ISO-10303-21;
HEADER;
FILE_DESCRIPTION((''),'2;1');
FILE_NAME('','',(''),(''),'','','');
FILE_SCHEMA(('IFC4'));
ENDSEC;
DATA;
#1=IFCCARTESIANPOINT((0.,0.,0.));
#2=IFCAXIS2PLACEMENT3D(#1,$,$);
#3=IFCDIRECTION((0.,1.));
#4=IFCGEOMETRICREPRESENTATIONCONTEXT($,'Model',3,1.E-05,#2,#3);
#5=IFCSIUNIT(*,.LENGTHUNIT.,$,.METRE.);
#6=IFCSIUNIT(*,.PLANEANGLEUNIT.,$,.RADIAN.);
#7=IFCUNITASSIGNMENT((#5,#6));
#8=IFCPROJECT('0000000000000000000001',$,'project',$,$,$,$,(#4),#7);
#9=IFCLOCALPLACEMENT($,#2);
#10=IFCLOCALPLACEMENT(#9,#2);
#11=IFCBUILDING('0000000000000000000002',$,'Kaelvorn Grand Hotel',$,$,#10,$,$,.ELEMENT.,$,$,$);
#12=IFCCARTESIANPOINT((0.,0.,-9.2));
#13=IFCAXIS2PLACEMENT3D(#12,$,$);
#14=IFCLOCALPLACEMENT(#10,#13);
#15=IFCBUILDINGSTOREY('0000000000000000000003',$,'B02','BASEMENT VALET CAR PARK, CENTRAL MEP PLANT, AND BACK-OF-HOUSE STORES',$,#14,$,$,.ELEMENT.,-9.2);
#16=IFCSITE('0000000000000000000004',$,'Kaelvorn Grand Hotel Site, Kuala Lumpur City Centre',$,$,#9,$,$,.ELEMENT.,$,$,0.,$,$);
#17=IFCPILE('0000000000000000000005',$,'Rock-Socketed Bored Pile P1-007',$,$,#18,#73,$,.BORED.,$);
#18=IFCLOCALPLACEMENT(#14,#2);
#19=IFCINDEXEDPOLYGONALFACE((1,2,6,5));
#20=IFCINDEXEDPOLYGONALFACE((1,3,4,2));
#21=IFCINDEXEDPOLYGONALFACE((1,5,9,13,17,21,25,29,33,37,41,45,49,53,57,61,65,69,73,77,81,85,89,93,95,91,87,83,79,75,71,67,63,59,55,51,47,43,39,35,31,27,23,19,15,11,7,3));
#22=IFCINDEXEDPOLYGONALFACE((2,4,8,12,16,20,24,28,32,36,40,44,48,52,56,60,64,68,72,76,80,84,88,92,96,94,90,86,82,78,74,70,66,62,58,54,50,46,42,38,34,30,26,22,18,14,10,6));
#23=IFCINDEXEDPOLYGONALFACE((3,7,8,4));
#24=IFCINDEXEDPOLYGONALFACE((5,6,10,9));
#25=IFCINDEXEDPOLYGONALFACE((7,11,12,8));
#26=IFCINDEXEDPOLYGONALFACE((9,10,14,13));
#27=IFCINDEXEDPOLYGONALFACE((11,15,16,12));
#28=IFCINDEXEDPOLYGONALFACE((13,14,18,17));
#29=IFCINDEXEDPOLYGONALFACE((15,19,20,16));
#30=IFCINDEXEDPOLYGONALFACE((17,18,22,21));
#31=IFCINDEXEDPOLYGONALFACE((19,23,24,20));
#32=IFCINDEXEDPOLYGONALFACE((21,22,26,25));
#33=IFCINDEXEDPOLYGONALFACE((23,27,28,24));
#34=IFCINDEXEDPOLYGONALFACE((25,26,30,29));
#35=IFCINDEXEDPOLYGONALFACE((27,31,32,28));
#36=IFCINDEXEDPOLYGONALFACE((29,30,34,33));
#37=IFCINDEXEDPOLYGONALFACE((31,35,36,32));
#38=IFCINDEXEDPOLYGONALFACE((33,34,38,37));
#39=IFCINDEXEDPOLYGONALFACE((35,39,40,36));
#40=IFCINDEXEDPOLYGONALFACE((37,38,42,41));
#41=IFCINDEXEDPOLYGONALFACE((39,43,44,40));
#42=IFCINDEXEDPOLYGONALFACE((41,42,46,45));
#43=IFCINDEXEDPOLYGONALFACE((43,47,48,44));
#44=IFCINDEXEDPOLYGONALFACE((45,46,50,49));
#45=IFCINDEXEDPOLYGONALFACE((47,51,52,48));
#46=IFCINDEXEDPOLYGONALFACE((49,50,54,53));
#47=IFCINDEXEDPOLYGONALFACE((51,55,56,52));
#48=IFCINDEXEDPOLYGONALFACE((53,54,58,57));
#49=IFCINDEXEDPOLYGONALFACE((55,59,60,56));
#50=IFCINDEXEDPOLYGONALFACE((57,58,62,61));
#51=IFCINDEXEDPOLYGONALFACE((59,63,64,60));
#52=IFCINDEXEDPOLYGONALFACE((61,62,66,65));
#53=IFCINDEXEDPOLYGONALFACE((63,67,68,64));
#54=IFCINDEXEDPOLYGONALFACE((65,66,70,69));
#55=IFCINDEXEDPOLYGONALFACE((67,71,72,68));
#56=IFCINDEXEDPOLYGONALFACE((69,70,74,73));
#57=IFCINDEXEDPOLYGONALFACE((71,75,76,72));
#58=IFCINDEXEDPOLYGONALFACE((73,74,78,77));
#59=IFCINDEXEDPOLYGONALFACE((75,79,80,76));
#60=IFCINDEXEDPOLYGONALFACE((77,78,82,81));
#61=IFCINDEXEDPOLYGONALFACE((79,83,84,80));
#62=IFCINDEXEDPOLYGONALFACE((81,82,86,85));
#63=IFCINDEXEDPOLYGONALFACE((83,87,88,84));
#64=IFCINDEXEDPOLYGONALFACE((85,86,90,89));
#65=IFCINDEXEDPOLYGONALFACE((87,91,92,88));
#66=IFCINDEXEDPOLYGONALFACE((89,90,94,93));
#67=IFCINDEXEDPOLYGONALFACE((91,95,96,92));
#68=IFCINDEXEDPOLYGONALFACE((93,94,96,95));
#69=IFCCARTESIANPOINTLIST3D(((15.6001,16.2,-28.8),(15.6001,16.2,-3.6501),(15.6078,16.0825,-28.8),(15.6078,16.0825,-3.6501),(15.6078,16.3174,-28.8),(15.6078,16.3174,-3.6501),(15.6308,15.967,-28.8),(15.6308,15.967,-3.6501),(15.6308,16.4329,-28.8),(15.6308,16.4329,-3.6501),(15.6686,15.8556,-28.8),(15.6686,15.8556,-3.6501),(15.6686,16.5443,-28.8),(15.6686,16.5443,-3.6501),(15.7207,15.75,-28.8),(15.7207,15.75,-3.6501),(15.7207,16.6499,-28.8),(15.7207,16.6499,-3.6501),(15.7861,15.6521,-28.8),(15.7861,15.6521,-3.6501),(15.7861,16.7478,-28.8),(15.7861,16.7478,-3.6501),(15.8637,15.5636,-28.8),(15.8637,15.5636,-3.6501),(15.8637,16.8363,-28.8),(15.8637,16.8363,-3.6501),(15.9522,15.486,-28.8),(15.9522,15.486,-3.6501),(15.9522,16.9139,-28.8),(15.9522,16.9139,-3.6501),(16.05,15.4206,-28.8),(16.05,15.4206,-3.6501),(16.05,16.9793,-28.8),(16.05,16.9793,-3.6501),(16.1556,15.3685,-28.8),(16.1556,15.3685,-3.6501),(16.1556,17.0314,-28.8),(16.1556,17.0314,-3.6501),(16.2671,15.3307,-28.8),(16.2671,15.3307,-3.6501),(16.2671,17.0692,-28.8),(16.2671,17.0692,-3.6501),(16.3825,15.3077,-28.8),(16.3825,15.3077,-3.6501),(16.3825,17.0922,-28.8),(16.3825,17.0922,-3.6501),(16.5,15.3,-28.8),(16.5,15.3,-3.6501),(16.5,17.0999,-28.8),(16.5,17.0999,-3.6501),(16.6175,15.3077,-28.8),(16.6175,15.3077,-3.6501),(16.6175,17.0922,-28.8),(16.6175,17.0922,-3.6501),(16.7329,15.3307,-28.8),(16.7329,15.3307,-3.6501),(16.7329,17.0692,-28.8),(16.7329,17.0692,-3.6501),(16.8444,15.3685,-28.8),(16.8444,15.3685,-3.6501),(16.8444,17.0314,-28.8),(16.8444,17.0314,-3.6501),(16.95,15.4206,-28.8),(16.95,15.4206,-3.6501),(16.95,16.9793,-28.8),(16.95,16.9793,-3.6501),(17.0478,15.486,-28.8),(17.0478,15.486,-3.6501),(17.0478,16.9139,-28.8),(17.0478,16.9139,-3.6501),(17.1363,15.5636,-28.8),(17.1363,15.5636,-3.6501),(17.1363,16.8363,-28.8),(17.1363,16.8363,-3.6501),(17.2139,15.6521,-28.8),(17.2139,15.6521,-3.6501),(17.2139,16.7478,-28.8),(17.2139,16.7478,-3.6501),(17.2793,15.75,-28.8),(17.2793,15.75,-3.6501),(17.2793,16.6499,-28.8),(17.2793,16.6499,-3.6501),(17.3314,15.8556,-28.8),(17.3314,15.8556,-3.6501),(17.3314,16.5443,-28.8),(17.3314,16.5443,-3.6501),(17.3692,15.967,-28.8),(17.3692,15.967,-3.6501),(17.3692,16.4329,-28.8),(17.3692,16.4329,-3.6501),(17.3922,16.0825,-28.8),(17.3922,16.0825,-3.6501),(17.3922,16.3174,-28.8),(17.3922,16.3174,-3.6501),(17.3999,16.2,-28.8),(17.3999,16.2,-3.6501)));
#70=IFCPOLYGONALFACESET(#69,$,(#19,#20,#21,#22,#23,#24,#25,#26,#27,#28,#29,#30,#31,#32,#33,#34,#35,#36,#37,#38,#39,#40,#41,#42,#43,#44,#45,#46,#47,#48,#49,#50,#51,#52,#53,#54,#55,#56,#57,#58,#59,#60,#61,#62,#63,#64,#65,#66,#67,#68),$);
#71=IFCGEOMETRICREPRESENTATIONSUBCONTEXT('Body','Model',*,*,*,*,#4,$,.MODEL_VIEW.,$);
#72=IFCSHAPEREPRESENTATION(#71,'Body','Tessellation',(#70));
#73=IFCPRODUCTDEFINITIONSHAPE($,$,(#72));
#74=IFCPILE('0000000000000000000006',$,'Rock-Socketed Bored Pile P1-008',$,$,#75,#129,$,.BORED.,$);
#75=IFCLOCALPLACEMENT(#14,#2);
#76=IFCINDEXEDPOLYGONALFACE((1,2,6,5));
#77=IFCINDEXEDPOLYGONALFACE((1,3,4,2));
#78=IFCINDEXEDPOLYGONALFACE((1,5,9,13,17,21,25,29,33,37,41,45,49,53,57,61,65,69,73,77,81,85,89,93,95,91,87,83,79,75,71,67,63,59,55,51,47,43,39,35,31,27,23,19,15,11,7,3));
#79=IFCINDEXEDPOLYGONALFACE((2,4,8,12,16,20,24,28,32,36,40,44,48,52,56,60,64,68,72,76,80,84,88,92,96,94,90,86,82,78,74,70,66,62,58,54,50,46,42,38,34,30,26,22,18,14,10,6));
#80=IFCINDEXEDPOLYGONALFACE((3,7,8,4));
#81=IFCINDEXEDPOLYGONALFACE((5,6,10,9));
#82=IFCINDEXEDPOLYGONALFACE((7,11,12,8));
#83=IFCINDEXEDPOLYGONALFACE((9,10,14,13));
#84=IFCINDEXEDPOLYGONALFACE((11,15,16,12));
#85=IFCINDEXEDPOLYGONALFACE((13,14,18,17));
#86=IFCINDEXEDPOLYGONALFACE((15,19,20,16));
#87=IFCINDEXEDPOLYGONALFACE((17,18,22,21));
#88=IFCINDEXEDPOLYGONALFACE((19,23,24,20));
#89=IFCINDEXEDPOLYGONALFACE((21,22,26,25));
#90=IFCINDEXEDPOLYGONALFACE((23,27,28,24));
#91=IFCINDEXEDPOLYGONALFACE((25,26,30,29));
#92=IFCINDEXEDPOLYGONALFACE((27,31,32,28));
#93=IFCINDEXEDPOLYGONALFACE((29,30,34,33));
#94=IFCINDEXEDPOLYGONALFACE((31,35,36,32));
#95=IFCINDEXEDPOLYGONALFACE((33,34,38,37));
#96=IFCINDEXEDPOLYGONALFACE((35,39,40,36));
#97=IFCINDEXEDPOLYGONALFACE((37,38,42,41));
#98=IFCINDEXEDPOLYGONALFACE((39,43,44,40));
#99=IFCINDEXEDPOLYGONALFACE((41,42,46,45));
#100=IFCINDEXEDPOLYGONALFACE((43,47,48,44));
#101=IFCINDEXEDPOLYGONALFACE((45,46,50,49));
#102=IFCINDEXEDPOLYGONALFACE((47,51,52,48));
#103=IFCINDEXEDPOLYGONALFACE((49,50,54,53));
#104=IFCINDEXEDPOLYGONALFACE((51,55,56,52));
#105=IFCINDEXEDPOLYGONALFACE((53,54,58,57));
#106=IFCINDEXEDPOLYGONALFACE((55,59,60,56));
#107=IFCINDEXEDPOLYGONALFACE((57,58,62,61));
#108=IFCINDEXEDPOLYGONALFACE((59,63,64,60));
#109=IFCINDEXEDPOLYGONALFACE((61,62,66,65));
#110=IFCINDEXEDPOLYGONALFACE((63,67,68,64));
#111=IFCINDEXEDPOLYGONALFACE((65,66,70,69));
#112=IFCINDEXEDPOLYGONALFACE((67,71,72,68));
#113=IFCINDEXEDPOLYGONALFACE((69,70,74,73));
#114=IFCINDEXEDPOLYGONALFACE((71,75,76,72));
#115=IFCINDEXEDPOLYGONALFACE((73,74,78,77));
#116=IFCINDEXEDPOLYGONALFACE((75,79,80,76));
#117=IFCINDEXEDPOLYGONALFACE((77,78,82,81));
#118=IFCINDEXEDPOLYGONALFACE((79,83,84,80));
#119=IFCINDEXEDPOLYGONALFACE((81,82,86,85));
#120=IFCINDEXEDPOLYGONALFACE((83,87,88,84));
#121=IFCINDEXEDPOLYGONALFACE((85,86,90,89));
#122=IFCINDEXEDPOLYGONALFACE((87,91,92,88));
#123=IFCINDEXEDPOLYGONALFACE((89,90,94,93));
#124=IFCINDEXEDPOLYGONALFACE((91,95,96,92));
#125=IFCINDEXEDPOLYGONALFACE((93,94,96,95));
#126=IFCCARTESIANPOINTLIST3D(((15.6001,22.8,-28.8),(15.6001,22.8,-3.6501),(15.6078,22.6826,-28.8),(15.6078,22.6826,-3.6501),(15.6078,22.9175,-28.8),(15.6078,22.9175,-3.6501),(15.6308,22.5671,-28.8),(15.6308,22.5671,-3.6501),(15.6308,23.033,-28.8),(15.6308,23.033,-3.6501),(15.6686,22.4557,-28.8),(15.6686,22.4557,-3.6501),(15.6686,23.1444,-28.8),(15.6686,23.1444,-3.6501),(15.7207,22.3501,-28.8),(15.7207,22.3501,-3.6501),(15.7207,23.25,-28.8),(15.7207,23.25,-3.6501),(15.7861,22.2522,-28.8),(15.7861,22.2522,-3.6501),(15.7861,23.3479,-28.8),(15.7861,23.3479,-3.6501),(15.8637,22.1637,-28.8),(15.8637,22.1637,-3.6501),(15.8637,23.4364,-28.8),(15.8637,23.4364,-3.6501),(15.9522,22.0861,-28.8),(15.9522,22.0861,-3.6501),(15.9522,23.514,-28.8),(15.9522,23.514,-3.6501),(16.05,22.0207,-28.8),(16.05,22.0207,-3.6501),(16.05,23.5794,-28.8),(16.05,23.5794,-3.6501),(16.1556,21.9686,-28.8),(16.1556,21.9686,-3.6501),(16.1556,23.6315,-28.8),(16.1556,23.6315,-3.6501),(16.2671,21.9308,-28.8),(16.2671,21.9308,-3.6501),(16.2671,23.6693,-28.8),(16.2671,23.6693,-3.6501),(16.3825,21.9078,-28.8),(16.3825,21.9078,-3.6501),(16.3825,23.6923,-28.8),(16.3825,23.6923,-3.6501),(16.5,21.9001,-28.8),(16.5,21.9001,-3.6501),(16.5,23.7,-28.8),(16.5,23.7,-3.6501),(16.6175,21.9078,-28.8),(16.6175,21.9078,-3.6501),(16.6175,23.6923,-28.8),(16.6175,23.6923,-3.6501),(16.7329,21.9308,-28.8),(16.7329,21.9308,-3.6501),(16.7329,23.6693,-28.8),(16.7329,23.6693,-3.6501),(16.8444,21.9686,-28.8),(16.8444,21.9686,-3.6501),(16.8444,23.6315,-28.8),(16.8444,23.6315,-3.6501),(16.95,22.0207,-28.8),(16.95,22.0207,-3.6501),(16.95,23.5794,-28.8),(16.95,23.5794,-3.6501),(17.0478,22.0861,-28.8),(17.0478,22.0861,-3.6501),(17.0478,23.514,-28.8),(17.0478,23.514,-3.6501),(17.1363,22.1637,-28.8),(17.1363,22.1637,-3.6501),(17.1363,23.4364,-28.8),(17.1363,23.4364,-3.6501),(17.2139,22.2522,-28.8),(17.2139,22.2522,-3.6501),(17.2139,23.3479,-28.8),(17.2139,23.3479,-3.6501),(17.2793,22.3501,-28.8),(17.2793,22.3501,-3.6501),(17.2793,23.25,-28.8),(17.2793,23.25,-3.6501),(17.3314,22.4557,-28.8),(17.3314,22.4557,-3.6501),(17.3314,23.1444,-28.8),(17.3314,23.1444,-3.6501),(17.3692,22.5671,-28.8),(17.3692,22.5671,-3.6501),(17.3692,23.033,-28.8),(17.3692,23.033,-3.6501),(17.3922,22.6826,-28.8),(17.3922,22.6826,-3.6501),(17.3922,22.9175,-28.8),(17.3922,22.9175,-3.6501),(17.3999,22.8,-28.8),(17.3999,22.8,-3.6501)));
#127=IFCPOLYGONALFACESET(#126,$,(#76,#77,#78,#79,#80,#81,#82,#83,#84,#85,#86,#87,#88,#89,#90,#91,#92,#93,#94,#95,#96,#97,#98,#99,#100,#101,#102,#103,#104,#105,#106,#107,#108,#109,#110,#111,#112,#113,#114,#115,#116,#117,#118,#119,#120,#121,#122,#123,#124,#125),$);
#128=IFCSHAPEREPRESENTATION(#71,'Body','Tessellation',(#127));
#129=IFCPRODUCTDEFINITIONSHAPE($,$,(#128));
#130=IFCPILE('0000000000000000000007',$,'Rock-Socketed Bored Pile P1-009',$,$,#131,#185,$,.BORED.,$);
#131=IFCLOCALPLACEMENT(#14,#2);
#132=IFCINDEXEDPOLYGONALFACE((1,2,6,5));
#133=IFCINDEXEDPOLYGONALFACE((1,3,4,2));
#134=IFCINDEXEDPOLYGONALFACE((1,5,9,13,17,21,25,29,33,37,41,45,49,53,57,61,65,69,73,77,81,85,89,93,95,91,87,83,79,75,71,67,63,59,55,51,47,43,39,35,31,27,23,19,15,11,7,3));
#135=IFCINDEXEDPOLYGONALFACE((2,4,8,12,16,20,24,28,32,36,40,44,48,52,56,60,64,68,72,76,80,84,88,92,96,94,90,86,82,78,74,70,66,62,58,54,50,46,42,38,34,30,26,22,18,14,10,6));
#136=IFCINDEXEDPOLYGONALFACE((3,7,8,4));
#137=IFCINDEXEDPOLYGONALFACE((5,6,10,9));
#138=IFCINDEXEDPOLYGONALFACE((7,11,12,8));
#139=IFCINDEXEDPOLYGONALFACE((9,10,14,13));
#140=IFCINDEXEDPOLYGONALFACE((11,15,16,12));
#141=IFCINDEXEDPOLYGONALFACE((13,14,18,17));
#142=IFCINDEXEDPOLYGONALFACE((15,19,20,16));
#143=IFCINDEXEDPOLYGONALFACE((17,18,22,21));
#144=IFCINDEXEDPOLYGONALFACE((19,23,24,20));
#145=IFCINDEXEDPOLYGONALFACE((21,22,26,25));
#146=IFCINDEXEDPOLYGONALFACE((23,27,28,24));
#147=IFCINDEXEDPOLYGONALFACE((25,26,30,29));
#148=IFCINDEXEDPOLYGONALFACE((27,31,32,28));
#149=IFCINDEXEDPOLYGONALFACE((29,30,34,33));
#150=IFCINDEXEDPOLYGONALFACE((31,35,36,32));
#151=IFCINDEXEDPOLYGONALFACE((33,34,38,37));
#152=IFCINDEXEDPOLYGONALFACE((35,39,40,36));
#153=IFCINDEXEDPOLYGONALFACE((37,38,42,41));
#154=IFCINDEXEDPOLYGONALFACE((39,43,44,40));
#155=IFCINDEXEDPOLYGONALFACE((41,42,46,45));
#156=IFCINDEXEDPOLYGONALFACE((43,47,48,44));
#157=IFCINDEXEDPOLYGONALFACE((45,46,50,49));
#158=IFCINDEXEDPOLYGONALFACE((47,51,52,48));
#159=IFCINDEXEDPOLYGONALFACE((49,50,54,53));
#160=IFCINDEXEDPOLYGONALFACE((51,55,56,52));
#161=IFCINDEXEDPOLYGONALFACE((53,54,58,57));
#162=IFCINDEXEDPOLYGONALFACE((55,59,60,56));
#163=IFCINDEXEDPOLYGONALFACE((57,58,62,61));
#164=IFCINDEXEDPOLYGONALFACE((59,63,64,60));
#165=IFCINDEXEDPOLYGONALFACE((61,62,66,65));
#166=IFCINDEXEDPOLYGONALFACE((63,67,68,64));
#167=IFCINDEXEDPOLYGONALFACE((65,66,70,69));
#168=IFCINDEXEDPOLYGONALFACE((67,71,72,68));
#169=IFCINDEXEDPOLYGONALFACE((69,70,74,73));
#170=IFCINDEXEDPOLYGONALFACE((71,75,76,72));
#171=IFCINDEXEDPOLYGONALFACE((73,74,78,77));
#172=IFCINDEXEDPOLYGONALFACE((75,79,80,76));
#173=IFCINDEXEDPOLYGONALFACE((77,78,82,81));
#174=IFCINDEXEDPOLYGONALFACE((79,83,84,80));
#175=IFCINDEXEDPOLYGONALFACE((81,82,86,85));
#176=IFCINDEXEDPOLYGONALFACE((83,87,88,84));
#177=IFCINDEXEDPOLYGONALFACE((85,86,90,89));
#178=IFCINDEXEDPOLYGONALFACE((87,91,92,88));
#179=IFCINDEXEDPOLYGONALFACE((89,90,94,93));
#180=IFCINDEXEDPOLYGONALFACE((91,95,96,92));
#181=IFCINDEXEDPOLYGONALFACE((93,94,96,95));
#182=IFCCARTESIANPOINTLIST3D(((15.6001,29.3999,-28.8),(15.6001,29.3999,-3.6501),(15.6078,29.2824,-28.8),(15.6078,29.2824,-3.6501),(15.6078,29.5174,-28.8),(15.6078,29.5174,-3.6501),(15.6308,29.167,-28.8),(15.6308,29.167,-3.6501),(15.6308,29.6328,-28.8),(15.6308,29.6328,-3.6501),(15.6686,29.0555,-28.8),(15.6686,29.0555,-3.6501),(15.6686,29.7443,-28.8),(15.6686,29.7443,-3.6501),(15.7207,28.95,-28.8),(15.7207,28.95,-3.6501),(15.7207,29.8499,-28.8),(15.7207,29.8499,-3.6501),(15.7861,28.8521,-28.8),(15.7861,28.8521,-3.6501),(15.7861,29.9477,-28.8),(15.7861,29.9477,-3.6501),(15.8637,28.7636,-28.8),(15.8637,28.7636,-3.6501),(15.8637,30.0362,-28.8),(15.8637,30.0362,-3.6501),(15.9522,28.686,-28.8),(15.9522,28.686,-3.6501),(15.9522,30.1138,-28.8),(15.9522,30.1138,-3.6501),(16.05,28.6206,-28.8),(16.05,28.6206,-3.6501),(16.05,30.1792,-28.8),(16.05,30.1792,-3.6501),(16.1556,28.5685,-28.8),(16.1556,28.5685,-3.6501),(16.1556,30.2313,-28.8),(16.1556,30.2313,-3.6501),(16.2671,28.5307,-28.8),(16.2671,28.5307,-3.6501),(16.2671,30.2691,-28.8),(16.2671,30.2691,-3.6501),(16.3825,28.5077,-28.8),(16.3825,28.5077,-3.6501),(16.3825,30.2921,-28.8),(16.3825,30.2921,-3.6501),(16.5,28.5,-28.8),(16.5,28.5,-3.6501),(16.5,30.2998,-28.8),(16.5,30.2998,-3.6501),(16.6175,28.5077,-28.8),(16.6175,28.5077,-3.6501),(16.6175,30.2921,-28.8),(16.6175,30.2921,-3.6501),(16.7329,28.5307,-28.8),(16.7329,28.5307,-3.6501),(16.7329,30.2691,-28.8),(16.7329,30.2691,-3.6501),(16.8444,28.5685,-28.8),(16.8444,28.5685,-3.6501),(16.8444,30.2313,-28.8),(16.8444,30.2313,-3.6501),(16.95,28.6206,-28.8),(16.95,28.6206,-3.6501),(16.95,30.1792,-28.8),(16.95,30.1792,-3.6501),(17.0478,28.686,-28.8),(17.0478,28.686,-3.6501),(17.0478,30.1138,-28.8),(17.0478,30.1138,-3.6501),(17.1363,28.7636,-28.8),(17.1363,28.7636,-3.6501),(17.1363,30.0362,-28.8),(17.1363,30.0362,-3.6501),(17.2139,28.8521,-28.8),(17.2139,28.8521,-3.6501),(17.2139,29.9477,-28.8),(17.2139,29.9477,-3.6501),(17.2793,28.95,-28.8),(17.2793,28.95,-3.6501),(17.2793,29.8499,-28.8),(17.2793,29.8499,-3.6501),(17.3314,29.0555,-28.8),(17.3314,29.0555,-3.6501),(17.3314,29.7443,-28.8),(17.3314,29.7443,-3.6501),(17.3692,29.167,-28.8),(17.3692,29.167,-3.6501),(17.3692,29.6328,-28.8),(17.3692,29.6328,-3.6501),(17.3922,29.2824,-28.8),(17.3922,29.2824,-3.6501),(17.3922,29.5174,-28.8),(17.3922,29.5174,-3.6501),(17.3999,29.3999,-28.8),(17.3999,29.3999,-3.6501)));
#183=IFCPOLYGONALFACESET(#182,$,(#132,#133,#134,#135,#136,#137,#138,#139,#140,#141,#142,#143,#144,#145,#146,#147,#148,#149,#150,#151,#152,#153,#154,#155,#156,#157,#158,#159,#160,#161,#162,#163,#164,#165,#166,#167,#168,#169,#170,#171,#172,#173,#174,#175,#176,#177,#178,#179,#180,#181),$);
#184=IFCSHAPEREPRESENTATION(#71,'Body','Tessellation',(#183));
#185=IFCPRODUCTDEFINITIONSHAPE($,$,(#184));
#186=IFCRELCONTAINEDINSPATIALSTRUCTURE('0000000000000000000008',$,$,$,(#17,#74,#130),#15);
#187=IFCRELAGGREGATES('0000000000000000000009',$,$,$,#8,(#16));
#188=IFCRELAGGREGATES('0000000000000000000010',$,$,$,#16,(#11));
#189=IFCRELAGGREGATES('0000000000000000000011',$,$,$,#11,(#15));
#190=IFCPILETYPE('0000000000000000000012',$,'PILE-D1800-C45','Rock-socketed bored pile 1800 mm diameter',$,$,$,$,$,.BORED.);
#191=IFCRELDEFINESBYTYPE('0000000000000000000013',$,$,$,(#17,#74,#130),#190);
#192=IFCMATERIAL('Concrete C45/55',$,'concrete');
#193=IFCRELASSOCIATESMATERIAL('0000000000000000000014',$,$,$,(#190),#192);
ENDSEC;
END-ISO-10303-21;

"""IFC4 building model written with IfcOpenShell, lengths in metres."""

from ifc_helpers import new_model, si_unit, direction, frame, origin, origin_2d, place, context, subcontext, project, spatial, circle, extrude, material, material_profile, profile_set, type_object, element, save


model = new_model("IFC4")

# Units and contexts
model_context = context("Model", 3, precision=1e-05, world=origin(), true_north=direction((0.0, 1.0)))
body_context = subcontext(model_context, "Body", "Model", "MODEL_VIEW")
ifc_project = project(units=[si_unit("LENGTHUNIT", "METRE"), si_unit("PLANEANGLEUNIT", "RADIAN")], contexts=[model_context])

# Site, building, storey
site_placement = place(None, origin())
site = spatial("IfcSite", under=ifc_project, at=site_placement, Name="Kaelvorn Grand Hotel Site, Kuala Lumpur City Centre", CompositionType="ELEMENT", RefElevation=0.0)
building_placement = place(site_placement, origin())
building = spatial("IfcBuilding", under=site, at=building_placement, Name="Kaelvorn Grand Hotel", CompositionType="ELEMENT")
storey_placement = place(building_placement, frame((0.0, 0.0, -9.2)))
storey = spatial("IfcBuildingStorey", under=building, at=storey_placement, Name="B02", Description="BASEMENT VALET CAR PARK, CENTRAL MEP PLANT, AND BACK-OF-HOUSE STORES", CompositionType="ELEMENT", Elevation=-9.2)

# Piles
ifc_material_1 = material(Name="Concrete C45/55", Category="concrete")
ifc_material_profile_1 = material_profile(ifc_material_1, circle(Radius=0.8999, at=origin_2d()), Name="BORED PILE D1800")
ifc_profile_set_1 = profile_set([ifc_material_profile_1], Name="Concrete C45/55")
pile_type = type_object("IfcPileType", Name="PILE-D1800-C45", Description="Rock-socketed bored pile 1800 mm diameter", PredefinedType="BORED", material=ifc_profile_set_1)
for number, where, z_axis, x_axis, name in (
    (1, (16.5, 16.2, -3.6501), (0.0, 0.0, -1.0), (1.0, 0.0, 0.0), "Rock-Socketed Bored Pile P1-007"),
    (2, (16.5, 22.8, -3.6501), (0.0, 0.0, -1.0), (1.0, 0.0, 0.0), "Rock-Socketed Bored Pile P1-008"),
    (3, (16.5, 29.3999, -3.6501), (0.0, 0.0, -1.0), (1.0, 0.0, 0.0), "Rock-Socketed Bored Pile P1-009"),
):
    element("IfcPile", number, at=place(storey_placement, frame(where, z_axis=z_axis, x_axis=x_axis)), inside=storey, type_object=pile_type, Name=name, PredefinedType="BORED", context=body_context, shape_type="SweptSolid", body=[
        extrude(circle(Radius=0.8999, at=origin_2d()), origin(), (0.0, 0.0, 1.0), 25.1499),
    ])

save(model, "model.ifc")
